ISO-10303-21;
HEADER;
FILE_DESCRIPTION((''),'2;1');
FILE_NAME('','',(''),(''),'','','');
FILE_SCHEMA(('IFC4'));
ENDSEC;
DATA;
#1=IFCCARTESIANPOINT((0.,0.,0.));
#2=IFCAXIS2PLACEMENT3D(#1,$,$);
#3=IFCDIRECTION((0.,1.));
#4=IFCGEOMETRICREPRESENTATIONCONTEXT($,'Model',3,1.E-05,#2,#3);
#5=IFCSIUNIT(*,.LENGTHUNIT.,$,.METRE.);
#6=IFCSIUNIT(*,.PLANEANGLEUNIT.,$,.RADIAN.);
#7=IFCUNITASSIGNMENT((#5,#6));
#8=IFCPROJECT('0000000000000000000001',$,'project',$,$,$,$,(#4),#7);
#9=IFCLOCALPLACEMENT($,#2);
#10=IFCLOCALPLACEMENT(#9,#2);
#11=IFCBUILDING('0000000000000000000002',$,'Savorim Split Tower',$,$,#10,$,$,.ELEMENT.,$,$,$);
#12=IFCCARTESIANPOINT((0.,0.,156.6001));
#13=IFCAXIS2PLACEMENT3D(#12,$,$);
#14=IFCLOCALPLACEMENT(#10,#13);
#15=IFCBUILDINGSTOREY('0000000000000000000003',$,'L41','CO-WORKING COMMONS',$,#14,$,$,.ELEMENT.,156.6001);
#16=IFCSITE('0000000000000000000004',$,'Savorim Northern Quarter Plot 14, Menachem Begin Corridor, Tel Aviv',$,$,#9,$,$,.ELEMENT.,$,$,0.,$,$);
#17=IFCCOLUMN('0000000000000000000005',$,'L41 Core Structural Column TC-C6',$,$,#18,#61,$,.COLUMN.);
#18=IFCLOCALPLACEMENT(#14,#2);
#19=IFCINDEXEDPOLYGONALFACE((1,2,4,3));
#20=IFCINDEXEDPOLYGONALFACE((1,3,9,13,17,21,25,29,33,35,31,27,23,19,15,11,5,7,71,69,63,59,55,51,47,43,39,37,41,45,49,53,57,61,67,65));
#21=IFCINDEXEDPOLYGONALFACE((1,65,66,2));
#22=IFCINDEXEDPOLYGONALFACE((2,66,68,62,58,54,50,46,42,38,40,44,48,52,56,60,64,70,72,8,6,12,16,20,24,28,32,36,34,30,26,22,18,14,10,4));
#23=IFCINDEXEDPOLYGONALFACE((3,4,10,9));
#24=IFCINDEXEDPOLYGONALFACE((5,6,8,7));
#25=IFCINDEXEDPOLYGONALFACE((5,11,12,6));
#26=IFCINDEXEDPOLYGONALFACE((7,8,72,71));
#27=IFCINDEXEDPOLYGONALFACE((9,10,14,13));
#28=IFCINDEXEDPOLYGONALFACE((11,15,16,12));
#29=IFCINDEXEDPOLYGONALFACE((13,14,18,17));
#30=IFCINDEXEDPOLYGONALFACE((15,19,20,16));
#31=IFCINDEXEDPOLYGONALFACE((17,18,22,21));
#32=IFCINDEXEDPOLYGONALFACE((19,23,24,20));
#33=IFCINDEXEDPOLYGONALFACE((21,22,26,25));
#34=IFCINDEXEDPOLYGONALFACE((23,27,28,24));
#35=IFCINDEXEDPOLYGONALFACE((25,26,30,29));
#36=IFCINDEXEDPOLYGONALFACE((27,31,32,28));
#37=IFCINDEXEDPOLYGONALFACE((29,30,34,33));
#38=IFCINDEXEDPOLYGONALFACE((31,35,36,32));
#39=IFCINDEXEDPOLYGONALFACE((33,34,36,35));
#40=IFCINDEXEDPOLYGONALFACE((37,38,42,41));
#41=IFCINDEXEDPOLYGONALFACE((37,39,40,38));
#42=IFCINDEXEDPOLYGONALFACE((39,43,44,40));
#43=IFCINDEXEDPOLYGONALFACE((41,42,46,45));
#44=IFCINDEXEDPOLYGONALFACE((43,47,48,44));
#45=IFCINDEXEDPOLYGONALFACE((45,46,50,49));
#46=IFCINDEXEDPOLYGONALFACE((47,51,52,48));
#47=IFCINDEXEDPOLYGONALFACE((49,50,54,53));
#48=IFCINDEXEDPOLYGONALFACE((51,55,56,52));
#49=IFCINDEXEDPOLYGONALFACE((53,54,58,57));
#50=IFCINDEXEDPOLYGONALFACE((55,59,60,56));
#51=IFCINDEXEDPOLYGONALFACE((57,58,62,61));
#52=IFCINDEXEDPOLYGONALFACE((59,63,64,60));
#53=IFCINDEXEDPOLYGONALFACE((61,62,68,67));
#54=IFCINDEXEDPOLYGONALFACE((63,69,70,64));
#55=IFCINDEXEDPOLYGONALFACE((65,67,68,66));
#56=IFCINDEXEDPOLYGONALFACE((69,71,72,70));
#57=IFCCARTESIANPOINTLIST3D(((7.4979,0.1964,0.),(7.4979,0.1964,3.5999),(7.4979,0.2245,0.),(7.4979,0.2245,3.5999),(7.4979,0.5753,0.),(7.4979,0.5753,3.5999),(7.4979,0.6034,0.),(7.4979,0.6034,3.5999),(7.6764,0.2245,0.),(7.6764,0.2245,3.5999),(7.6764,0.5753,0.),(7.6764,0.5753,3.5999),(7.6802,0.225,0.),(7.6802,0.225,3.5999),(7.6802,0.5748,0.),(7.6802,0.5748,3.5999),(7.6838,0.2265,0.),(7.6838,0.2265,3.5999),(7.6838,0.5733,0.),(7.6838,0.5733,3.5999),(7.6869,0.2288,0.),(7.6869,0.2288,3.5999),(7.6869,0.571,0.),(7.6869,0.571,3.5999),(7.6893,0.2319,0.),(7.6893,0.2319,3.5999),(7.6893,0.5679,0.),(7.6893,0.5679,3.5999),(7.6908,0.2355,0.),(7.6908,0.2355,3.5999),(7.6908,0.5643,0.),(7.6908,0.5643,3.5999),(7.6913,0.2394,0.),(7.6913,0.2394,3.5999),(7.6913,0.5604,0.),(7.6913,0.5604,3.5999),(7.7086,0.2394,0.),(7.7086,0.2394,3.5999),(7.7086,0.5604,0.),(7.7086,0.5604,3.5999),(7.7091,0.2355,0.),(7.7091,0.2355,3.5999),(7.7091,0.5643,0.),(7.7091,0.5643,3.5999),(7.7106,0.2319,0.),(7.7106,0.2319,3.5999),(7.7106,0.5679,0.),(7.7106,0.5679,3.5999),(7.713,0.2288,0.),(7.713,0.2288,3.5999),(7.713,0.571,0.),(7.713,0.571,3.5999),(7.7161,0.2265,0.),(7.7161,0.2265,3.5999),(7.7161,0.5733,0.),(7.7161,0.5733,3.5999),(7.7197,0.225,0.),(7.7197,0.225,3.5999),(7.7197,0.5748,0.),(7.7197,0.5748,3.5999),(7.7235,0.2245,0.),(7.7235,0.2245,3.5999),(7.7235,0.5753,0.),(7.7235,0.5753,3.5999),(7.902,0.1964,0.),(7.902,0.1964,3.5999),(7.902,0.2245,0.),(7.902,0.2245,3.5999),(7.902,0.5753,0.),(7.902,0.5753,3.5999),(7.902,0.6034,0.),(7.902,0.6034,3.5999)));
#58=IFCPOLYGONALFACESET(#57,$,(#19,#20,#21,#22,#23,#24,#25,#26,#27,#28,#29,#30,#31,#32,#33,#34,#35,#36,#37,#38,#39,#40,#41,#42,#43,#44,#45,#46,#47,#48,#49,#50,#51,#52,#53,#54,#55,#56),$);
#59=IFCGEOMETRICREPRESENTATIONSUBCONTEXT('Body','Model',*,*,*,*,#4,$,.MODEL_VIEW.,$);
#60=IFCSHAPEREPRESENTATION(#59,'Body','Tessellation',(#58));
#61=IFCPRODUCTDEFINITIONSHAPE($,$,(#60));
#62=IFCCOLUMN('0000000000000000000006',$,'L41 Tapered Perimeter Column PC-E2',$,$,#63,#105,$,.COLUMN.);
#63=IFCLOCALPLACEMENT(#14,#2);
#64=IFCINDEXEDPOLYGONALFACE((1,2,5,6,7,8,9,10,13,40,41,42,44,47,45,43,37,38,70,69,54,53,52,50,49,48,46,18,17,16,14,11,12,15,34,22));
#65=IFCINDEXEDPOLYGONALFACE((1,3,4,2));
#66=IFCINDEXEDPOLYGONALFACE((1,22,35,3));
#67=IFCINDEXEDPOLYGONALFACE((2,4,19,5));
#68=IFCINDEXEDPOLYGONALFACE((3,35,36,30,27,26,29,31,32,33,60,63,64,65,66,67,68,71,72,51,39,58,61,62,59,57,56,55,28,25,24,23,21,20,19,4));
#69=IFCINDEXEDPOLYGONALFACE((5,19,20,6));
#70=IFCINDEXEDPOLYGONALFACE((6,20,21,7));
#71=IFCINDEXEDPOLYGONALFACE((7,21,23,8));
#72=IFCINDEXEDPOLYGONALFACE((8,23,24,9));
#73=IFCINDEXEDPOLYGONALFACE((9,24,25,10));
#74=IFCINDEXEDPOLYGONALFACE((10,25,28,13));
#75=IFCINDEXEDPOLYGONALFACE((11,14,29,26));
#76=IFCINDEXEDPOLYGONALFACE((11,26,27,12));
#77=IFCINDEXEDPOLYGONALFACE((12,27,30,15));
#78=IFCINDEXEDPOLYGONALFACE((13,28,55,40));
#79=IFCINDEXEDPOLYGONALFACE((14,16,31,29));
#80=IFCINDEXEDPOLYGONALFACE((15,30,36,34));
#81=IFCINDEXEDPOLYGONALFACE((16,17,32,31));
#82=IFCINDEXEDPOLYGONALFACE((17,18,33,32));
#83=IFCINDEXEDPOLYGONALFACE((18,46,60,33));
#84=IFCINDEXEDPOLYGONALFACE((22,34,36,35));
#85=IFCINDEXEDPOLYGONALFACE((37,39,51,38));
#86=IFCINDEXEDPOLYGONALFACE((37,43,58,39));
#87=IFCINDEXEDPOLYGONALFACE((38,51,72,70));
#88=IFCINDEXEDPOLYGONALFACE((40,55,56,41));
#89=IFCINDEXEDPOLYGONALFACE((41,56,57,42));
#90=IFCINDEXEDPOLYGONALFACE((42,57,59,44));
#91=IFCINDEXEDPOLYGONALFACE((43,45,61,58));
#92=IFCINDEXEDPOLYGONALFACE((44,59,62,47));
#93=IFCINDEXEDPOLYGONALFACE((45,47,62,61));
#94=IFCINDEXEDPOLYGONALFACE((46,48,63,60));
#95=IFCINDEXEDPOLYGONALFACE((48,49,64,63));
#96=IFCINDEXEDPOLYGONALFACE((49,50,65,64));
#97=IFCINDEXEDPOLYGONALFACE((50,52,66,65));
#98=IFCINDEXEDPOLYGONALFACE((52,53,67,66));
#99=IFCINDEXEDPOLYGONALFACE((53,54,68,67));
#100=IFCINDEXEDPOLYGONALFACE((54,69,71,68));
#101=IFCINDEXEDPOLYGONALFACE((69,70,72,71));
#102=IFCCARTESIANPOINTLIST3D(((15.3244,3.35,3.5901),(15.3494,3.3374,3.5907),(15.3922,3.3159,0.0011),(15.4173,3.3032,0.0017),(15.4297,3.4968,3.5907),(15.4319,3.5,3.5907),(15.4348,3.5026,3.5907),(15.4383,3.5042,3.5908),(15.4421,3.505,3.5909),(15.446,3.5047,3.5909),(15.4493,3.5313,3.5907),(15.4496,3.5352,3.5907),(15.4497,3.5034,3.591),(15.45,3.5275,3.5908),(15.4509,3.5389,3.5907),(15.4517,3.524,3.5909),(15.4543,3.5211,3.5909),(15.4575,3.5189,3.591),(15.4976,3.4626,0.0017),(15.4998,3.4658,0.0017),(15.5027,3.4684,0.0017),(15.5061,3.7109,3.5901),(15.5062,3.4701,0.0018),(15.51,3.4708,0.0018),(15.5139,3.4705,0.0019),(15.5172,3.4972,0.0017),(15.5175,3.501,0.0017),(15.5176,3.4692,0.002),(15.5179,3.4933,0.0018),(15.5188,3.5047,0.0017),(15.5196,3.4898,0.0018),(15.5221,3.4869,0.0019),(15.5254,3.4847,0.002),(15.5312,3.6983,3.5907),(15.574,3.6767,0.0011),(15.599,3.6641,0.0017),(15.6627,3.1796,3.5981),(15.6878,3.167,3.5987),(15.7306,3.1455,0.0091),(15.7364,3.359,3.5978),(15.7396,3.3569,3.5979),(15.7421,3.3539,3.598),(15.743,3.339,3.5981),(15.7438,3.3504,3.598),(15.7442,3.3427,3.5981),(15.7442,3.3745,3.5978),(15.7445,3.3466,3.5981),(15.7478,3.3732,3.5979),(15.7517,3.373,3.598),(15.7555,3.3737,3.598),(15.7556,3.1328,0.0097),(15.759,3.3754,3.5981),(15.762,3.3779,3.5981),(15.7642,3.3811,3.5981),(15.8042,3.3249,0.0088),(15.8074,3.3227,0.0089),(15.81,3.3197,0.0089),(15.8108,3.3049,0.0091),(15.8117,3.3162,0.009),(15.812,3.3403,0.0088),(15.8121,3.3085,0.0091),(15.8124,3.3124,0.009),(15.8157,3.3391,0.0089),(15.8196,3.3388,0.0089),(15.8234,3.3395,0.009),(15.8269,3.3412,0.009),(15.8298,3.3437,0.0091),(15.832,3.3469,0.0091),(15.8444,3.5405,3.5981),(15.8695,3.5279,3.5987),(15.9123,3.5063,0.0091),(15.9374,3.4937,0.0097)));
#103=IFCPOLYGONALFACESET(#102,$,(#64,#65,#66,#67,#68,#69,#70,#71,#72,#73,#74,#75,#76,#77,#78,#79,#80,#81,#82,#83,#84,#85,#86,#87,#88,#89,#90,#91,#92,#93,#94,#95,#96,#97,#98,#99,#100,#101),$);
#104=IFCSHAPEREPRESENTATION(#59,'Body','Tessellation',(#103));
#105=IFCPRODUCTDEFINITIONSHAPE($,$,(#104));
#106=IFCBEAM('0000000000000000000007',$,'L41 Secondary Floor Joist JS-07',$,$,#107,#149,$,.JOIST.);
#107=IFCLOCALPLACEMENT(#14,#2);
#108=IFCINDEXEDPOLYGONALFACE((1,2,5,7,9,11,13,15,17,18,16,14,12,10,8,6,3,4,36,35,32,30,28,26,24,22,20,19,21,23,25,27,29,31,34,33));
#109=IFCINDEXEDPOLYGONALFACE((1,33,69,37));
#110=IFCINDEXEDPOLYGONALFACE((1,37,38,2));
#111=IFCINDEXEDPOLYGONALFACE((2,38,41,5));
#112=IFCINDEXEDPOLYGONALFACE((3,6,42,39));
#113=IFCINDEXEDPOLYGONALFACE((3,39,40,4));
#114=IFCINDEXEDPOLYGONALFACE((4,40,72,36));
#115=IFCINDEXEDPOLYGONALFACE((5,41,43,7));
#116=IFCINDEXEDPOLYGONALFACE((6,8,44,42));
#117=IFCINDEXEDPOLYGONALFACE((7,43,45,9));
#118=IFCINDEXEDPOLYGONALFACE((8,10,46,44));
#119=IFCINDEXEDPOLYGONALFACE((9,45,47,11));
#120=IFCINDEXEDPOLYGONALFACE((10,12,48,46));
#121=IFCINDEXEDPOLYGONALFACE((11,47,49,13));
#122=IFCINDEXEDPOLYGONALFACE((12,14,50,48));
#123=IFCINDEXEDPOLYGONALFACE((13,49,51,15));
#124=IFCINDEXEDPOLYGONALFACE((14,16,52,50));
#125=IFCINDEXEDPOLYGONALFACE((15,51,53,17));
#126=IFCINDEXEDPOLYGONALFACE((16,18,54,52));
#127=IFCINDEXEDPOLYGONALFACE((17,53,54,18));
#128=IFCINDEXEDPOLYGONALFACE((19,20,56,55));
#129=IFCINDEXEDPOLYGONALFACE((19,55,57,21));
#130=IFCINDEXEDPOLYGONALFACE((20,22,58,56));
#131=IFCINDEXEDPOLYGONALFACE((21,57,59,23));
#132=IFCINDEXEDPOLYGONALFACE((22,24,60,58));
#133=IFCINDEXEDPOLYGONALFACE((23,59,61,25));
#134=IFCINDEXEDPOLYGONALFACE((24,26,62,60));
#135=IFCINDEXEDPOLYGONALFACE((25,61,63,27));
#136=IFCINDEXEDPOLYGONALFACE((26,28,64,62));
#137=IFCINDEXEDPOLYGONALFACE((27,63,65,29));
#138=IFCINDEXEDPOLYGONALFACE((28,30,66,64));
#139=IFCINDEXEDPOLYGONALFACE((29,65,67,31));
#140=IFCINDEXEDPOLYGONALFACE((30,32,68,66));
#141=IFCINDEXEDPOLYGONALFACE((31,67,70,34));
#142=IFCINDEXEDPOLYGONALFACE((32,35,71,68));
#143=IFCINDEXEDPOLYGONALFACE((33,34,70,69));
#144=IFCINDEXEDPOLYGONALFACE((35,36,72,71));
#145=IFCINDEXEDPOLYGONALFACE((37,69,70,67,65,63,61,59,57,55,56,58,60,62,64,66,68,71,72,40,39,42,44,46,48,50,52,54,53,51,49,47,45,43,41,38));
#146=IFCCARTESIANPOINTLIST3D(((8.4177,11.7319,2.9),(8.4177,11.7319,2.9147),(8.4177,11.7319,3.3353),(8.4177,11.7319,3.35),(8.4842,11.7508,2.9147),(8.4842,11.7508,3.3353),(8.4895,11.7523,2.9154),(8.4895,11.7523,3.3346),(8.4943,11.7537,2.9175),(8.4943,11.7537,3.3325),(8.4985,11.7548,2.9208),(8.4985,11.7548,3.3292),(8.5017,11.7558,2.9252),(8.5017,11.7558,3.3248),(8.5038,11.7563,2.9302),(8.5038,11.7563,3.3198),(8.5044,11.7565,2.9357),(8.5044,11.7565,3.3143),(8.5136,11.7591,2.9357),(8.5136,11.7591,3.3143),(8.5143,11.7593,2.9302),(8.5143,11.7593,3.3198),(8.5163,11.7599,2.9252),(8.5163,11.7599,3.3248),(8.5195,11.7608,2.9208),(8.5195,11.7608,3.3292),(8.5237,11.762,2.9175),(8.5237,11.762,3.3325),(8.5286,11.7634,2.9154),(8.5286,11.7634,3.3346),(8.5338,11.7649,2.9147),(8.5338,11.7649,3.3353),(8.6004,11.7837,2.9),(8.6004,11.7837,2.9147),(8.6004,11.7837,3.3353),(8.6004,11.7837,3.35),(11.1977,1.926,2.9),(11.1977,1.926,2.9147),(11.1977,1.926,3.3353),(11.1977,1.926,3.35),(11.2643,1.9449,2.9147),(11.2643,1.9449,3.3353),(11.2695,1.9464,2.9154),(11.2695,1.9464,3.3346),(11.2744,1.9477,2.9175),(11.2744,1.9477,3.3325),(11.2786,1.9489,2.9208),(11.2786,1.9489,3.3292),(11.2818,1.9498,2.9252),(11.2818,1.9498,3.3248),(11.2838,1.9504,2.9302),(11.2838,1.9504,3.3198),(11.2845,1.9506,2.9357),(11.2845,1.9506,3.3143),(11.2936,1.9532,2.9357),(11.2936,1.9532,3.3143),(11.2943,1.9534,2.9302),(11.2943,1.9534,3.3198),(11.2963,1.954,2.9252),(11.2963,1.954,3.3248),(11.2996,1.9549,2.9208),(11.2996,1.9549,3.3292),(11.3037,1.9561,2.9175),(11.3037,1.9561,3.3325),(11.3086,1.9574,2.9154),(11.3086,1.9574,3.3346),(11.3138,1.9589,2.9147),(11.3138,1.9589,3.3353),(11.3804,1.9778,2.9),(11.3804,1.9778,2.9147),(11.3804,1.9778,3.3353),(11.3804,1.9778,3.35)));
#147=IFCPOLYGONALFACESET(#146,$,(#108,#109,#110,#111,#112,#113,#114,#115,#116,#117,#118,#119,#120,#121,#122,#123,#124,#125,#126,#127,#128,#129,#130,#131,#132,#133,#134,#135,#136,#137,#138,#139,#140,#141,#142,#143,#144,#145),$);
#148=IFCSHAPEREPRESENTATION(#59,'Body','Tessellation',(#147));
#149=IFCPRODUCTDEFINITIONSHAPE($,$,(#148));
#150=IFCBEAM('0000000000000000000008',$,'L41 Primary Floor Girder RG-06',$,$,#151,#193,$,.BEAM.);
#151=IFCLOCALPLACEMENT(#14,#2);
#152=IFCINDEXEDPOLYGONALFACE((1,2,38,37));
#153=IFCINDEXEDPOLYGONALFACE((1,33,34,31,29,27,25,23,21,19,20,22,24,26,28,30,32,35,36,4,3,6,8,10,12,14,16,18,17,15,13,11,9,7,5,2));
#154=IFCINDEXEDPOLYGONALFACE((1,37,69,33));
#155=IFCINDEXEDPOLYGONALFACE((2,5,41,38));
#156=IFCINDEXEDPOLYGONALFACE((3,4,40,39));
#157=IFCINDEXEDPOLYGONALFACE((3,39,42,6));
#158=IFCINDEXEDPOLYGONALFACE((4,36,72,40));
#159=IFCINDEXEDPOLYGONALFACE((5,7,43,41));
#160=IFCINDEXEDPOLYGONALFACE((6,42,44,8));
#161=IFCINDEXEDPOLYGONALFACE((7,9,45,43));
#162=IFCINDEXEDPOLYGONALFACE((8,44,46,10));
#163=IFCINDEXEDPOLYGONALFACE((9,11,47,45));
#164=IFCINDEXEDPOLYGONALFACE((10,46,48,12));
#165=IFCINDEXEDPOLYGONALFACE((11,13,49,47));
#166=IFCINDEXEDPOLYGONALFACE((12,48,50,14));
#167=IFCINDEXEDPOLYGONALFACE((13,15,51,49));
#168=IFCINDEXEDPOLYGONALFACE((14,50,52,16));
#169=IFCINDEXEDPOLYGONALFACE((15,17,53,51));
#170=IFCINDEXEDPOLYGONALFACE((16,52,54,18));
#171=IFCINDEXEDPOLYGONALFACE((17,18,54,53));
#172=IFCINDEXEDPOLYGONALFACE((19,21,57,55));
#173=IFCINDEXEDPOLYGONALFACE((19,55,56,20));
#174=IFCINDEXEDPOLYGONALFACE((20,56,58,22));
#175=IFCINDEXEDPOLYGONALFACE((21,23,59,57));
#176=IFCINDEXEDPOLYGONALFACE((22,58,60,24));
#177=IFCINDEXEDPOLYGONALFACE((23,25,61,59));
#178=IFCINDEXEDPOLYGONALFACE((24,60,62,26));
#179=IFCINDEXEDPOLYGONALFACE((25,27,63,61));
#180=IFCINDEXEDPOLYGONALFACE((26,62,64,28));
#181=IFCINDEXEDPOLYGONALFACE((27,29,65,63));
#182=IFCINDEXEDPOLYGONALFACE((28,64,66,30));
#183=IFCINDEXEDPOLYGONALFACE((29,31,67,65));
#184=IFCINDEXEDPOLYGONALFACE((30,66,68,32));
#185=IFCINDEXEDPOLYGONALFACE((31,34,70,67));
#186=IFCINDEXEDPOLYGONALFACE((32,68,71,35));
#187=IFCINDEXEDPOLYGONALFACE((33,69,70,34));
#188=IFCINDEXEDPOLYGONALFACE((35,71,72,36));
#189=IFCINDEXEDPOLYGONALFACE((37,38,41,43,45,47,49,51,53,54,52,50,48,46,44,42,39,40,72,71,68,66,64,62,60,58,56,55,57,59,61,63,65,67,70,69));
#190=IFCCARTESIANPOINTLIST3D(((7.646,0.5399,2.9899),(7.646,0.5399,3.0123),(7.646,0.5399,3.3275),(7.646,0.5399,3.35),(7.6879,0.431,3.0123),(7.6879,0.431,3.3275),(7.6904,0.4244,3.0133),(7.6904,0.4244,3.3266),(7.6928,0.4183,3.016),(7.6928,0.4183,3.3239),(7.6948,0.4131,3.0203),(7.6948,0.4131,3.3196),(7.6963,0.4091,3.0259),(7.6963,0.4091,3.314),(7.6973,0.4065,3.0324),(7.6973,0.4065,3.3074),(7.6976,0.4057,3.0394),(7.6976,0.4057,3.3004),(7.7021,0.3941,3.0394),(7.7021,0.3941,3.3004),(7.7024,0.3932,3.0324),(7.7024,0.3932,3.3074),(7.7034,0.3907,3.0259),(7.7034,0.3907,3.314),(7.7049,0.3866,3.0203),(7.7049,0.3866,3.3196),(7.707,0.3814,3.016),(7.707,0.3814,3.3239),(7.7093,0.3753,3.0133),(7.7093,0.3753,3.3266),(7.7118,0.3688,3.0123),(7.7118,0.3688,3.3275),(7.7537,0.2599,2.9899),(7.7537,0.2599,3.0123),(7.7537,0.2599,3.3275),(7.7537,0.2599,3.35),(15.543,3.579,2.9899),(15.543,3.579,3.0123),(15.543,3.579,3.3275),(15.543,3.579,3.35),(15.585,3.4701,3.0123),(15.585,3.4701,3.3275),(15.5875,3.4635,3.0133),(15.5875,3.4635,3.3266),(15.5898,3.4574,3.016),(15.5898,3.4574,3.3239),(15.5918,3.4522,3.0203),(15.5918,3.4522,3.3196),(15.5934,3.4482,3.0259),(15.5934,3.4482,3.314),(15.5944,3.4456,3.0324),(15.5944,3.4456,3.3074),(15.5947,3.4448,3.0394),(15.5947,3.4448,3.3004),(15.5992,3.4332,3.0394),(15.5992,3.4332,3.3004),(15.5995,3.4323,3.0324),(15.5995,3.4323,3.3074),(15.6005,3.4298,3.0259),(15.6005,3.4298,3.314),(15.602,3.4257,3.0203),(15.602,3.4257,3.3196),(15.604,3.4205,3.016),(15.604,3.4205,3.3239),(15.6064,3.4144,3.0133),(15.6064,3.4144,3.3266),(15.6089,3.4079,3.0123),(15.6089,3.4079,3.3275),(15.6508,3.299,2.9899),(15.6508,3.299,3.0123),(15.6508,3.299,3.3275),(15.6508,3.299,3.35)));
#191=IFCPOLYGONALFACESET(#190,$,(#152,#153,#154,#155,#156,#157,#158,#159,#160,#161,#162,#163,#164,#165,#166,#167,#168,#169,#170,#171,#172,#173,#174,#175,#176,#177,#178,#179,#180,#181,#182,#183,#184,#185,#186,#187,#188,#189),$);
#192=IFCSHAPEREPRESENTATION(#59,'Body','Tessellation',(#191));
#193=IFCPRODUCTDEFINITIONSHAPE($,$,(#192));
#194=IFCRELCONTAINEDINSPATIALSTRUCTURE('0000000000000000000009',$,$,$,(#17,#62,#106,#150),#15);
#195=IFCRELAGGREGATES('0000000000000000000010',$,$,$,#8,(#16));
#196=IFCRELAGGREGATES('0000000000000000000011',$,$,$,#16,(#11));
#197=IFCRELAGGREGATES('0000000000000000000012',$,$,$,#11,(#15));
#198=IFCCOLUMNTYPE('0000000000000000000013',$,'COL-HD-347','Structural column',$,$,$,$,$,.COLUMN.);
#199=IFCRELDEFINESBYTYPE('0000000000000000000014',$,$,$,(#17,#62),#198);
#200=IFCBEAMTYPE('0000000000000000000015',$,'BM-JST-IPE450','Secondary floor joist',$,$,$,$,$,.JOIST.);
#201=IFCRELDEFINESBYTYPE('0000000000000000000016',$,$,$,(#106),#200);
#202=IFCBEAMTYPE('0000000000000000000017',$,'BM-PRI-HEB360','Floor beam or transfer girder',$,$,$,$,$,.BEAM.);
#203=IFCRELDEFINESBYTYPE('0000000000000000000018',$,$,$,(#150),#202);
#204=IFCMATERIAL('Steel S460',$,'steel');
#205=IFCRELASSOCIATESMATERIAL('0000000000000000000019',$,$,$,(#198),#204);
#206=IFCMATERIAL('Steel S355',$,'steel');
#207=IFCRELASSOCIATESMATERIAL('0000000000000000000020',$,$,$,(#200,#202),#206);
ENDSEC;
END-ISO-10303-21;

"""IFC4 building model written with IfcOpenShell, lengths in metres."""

from ifc_helpers import new_model, si_unit, direction, frame, origin, origin_2d, place, context, subcontext, project, spatial, i_section, extrude, material, material_profile, profile_set, type_object, element, save


model = new_model("IFC4")

# Units and contexts
model_context = context("Model", 3, precision=1e-05, world=origin(), true_north=direction((0.0, 1.0)))
body_context = subcontext(model_context, "Body", "Model", "MODEL_VIEW")
ifc_project = project(units=[si_unit("LENGTHUNIT", "METRE"), si_unit("PLANEANGLEUNIT", "RADIAN")], contexts=[model_context])

# Site, building, storey
site_placement = place(None, origin())
site = spatial("IfcSite", under=ifc_project, at=site_placement, Name="Savorim Northern Quarter Plot 14, Menachem Begin Corridor, Tel Aviv", CompositionType="ELEMENT", RefElevation=0.0)
building_placement = place(site_placement, origin())
building = spatial("IfcBuilding", under=site, at=building_placement, Name="Savorim Split Tower", CompositionType="ELEMENT")
storey_placement = place(building_placement, frame((0.0, 0.0, 156.6001)))
storey = spatial("IfcBuildingStorey", under=building, at=storey_placement, Name="L41", Description="CO-WORKING COMMONS", CompositionType="ELEMENT", Elevation=156.6001)

# Columns
ifc_material_1 = material(Name="Steel S460", Category="steel")
ifc_material_profile_1 = material_profile(ifc_material_1, i_section(OverallWidth=0.4041, OverallDepth=0.407, WebThickness=0.0173, FlangeThickness=0.0281, FilletRadius=0.0149, at=origin_2d()), Name="HD 400x347")
ifc_profile_set_1 = profile_set([ifc_material_profile_1], Name="Steel S460")
column_type = type_object("IfcColumnType", Name="COL-HD-347", Description="Structural column", PredefinedType="COLUMN", material=ifc_profile_set_1)
column_1_placement = place(storey_placement, frame((7.7, 0.3999, 0.0), z_axis=(0.0, 0.0, 1.0), x_axis=(1.0, 0.0, 0.0)))
element("IfcColumn", 1, at=column_1_placement, inside=storey, type_object=column_type, Name="L41 Core Structural Column TC-C6", PredefinedType="COLUMN", context=body_context, shape_type="SweptSolid", body=[
    extrude(i_section(OverallWidth=0.4041, OverallDepth=0.407, WebThickness=0.0173, FlangeThickness=0.0281, FilletRadius=0.0149, at=origin_2d()), origin(), (0.0, 0.0, 1.0), 3.5999),
])
column_2_placement = place(storey_placement, frame((15.6648, 3.4048, 0.0054), z_axis=(-0.018906, 0.009521, 0.999776), x_axis=(-0.449782, -0.893138, 0.0)))
element("IfcColumn", 2, at=column_2_placement, inside=storey, type_object=column_type, Name="L41 Tapered Perimeter Column PC-E2", PredefinedType="COLUMN", context=body_context, shape_type="SweptSolid", body=[
    extrude(i_section(OverallWidth=0.4041, OverallDepth=0.407, WebThickness=0.0173, FlangeThickness=0.0281, FilletRadius=0.0149, at=origin_2d()), origin(), (0.0, 0.0, 1.0), 3.5898),
])

# Beams
ifc_material_2 = material(Name="Steel S355", Category="steel")
ifc_material_profile_2 = material_profile(ifc_material_2, i_section(OverallWidth=0.1899, OverallDepth=0.45, WebThickness=0.0095, FlangeThickness=0.0146, FilletRadius=0.021, at=origin_2d()), Name="IPE 450")
ifc_profile_set_2 = profile_set([ifc_material_profile_2], Name="Steel S355")
beam_type_1 = type_object("IfcBeamType", Name="BM-JST-IPE450", Description="Secondary floor joist", PredefinedType="JOIST", material=ifc_profile_set_2)
beam_1_placement = place(storey_placement, frame((11.2891, 1.9519, 3.125), z_axis=(-0.272756, 0.962083, 0.0), x_axis=(-0.962083, -0.272756, 0.0)))
element("IfcBeam", 3, at=beam_1_placement, inside=storey, type_object=beam_type_1, Name="L41 Secondary Floor Joist JS-07", PredefinedType="JOIST", context=body_context, shape_type="SweptSolid", body=[
    extrude(i_section(OverallWidth=0.1899, OverallDepth=0.45, WebThickness=0.0095, FlangeThickness=0.0146, FilletRadius=0.021, at=origin_2d()), origin(), (0.0, 0.0, 1.0), 10.1924),
])
ifc_material_profile_3 = material_profile(ifc_material_2, i_section(OverallWidth=0.3, OverallDepth=0.3601, WebThickness=0.0125, FlangeThickness=0.0225, FilletRadius=0.0271, at=origin_2d()), Name="HEB 360")
ifc_profile_set_3 = profile_set([ifc_material_profile_3], Name="Steel S355")
beam_type_2 = type_object("IfcBeamType", Name="BM-PRI-HEB360", Description="Floor beam or transfer girder", PredefinedType="BEAM", material=ifc_profile_set_3)
beam_2_placement = place(storey_placement, frame((15.5969, 3.439, 3.1699), z_axis=(-0.933276, -0.359161, 0.0), x_axis=(0.359161, -0.933276, 0.0)))
element("IfcBeam", 4, at=beam_2_placement, inside=storey, type_object=beam_type_2, Name="L41 Primary Floor Girder RG-06", PredefinedType="BEAM", context=body_context, shape_type="SweptSolid", body=[
    extrude(i_section(OverallWidth=0.3, OverallDepth=0.3601, WebThickness=0.0125, FlangeThickness=0.0225, FilletRadius=0.0271, at=origin_2d()), origin(), (0.0, 0.0, 1.0), 8.4617),
])

save(model, "model.ifc")
